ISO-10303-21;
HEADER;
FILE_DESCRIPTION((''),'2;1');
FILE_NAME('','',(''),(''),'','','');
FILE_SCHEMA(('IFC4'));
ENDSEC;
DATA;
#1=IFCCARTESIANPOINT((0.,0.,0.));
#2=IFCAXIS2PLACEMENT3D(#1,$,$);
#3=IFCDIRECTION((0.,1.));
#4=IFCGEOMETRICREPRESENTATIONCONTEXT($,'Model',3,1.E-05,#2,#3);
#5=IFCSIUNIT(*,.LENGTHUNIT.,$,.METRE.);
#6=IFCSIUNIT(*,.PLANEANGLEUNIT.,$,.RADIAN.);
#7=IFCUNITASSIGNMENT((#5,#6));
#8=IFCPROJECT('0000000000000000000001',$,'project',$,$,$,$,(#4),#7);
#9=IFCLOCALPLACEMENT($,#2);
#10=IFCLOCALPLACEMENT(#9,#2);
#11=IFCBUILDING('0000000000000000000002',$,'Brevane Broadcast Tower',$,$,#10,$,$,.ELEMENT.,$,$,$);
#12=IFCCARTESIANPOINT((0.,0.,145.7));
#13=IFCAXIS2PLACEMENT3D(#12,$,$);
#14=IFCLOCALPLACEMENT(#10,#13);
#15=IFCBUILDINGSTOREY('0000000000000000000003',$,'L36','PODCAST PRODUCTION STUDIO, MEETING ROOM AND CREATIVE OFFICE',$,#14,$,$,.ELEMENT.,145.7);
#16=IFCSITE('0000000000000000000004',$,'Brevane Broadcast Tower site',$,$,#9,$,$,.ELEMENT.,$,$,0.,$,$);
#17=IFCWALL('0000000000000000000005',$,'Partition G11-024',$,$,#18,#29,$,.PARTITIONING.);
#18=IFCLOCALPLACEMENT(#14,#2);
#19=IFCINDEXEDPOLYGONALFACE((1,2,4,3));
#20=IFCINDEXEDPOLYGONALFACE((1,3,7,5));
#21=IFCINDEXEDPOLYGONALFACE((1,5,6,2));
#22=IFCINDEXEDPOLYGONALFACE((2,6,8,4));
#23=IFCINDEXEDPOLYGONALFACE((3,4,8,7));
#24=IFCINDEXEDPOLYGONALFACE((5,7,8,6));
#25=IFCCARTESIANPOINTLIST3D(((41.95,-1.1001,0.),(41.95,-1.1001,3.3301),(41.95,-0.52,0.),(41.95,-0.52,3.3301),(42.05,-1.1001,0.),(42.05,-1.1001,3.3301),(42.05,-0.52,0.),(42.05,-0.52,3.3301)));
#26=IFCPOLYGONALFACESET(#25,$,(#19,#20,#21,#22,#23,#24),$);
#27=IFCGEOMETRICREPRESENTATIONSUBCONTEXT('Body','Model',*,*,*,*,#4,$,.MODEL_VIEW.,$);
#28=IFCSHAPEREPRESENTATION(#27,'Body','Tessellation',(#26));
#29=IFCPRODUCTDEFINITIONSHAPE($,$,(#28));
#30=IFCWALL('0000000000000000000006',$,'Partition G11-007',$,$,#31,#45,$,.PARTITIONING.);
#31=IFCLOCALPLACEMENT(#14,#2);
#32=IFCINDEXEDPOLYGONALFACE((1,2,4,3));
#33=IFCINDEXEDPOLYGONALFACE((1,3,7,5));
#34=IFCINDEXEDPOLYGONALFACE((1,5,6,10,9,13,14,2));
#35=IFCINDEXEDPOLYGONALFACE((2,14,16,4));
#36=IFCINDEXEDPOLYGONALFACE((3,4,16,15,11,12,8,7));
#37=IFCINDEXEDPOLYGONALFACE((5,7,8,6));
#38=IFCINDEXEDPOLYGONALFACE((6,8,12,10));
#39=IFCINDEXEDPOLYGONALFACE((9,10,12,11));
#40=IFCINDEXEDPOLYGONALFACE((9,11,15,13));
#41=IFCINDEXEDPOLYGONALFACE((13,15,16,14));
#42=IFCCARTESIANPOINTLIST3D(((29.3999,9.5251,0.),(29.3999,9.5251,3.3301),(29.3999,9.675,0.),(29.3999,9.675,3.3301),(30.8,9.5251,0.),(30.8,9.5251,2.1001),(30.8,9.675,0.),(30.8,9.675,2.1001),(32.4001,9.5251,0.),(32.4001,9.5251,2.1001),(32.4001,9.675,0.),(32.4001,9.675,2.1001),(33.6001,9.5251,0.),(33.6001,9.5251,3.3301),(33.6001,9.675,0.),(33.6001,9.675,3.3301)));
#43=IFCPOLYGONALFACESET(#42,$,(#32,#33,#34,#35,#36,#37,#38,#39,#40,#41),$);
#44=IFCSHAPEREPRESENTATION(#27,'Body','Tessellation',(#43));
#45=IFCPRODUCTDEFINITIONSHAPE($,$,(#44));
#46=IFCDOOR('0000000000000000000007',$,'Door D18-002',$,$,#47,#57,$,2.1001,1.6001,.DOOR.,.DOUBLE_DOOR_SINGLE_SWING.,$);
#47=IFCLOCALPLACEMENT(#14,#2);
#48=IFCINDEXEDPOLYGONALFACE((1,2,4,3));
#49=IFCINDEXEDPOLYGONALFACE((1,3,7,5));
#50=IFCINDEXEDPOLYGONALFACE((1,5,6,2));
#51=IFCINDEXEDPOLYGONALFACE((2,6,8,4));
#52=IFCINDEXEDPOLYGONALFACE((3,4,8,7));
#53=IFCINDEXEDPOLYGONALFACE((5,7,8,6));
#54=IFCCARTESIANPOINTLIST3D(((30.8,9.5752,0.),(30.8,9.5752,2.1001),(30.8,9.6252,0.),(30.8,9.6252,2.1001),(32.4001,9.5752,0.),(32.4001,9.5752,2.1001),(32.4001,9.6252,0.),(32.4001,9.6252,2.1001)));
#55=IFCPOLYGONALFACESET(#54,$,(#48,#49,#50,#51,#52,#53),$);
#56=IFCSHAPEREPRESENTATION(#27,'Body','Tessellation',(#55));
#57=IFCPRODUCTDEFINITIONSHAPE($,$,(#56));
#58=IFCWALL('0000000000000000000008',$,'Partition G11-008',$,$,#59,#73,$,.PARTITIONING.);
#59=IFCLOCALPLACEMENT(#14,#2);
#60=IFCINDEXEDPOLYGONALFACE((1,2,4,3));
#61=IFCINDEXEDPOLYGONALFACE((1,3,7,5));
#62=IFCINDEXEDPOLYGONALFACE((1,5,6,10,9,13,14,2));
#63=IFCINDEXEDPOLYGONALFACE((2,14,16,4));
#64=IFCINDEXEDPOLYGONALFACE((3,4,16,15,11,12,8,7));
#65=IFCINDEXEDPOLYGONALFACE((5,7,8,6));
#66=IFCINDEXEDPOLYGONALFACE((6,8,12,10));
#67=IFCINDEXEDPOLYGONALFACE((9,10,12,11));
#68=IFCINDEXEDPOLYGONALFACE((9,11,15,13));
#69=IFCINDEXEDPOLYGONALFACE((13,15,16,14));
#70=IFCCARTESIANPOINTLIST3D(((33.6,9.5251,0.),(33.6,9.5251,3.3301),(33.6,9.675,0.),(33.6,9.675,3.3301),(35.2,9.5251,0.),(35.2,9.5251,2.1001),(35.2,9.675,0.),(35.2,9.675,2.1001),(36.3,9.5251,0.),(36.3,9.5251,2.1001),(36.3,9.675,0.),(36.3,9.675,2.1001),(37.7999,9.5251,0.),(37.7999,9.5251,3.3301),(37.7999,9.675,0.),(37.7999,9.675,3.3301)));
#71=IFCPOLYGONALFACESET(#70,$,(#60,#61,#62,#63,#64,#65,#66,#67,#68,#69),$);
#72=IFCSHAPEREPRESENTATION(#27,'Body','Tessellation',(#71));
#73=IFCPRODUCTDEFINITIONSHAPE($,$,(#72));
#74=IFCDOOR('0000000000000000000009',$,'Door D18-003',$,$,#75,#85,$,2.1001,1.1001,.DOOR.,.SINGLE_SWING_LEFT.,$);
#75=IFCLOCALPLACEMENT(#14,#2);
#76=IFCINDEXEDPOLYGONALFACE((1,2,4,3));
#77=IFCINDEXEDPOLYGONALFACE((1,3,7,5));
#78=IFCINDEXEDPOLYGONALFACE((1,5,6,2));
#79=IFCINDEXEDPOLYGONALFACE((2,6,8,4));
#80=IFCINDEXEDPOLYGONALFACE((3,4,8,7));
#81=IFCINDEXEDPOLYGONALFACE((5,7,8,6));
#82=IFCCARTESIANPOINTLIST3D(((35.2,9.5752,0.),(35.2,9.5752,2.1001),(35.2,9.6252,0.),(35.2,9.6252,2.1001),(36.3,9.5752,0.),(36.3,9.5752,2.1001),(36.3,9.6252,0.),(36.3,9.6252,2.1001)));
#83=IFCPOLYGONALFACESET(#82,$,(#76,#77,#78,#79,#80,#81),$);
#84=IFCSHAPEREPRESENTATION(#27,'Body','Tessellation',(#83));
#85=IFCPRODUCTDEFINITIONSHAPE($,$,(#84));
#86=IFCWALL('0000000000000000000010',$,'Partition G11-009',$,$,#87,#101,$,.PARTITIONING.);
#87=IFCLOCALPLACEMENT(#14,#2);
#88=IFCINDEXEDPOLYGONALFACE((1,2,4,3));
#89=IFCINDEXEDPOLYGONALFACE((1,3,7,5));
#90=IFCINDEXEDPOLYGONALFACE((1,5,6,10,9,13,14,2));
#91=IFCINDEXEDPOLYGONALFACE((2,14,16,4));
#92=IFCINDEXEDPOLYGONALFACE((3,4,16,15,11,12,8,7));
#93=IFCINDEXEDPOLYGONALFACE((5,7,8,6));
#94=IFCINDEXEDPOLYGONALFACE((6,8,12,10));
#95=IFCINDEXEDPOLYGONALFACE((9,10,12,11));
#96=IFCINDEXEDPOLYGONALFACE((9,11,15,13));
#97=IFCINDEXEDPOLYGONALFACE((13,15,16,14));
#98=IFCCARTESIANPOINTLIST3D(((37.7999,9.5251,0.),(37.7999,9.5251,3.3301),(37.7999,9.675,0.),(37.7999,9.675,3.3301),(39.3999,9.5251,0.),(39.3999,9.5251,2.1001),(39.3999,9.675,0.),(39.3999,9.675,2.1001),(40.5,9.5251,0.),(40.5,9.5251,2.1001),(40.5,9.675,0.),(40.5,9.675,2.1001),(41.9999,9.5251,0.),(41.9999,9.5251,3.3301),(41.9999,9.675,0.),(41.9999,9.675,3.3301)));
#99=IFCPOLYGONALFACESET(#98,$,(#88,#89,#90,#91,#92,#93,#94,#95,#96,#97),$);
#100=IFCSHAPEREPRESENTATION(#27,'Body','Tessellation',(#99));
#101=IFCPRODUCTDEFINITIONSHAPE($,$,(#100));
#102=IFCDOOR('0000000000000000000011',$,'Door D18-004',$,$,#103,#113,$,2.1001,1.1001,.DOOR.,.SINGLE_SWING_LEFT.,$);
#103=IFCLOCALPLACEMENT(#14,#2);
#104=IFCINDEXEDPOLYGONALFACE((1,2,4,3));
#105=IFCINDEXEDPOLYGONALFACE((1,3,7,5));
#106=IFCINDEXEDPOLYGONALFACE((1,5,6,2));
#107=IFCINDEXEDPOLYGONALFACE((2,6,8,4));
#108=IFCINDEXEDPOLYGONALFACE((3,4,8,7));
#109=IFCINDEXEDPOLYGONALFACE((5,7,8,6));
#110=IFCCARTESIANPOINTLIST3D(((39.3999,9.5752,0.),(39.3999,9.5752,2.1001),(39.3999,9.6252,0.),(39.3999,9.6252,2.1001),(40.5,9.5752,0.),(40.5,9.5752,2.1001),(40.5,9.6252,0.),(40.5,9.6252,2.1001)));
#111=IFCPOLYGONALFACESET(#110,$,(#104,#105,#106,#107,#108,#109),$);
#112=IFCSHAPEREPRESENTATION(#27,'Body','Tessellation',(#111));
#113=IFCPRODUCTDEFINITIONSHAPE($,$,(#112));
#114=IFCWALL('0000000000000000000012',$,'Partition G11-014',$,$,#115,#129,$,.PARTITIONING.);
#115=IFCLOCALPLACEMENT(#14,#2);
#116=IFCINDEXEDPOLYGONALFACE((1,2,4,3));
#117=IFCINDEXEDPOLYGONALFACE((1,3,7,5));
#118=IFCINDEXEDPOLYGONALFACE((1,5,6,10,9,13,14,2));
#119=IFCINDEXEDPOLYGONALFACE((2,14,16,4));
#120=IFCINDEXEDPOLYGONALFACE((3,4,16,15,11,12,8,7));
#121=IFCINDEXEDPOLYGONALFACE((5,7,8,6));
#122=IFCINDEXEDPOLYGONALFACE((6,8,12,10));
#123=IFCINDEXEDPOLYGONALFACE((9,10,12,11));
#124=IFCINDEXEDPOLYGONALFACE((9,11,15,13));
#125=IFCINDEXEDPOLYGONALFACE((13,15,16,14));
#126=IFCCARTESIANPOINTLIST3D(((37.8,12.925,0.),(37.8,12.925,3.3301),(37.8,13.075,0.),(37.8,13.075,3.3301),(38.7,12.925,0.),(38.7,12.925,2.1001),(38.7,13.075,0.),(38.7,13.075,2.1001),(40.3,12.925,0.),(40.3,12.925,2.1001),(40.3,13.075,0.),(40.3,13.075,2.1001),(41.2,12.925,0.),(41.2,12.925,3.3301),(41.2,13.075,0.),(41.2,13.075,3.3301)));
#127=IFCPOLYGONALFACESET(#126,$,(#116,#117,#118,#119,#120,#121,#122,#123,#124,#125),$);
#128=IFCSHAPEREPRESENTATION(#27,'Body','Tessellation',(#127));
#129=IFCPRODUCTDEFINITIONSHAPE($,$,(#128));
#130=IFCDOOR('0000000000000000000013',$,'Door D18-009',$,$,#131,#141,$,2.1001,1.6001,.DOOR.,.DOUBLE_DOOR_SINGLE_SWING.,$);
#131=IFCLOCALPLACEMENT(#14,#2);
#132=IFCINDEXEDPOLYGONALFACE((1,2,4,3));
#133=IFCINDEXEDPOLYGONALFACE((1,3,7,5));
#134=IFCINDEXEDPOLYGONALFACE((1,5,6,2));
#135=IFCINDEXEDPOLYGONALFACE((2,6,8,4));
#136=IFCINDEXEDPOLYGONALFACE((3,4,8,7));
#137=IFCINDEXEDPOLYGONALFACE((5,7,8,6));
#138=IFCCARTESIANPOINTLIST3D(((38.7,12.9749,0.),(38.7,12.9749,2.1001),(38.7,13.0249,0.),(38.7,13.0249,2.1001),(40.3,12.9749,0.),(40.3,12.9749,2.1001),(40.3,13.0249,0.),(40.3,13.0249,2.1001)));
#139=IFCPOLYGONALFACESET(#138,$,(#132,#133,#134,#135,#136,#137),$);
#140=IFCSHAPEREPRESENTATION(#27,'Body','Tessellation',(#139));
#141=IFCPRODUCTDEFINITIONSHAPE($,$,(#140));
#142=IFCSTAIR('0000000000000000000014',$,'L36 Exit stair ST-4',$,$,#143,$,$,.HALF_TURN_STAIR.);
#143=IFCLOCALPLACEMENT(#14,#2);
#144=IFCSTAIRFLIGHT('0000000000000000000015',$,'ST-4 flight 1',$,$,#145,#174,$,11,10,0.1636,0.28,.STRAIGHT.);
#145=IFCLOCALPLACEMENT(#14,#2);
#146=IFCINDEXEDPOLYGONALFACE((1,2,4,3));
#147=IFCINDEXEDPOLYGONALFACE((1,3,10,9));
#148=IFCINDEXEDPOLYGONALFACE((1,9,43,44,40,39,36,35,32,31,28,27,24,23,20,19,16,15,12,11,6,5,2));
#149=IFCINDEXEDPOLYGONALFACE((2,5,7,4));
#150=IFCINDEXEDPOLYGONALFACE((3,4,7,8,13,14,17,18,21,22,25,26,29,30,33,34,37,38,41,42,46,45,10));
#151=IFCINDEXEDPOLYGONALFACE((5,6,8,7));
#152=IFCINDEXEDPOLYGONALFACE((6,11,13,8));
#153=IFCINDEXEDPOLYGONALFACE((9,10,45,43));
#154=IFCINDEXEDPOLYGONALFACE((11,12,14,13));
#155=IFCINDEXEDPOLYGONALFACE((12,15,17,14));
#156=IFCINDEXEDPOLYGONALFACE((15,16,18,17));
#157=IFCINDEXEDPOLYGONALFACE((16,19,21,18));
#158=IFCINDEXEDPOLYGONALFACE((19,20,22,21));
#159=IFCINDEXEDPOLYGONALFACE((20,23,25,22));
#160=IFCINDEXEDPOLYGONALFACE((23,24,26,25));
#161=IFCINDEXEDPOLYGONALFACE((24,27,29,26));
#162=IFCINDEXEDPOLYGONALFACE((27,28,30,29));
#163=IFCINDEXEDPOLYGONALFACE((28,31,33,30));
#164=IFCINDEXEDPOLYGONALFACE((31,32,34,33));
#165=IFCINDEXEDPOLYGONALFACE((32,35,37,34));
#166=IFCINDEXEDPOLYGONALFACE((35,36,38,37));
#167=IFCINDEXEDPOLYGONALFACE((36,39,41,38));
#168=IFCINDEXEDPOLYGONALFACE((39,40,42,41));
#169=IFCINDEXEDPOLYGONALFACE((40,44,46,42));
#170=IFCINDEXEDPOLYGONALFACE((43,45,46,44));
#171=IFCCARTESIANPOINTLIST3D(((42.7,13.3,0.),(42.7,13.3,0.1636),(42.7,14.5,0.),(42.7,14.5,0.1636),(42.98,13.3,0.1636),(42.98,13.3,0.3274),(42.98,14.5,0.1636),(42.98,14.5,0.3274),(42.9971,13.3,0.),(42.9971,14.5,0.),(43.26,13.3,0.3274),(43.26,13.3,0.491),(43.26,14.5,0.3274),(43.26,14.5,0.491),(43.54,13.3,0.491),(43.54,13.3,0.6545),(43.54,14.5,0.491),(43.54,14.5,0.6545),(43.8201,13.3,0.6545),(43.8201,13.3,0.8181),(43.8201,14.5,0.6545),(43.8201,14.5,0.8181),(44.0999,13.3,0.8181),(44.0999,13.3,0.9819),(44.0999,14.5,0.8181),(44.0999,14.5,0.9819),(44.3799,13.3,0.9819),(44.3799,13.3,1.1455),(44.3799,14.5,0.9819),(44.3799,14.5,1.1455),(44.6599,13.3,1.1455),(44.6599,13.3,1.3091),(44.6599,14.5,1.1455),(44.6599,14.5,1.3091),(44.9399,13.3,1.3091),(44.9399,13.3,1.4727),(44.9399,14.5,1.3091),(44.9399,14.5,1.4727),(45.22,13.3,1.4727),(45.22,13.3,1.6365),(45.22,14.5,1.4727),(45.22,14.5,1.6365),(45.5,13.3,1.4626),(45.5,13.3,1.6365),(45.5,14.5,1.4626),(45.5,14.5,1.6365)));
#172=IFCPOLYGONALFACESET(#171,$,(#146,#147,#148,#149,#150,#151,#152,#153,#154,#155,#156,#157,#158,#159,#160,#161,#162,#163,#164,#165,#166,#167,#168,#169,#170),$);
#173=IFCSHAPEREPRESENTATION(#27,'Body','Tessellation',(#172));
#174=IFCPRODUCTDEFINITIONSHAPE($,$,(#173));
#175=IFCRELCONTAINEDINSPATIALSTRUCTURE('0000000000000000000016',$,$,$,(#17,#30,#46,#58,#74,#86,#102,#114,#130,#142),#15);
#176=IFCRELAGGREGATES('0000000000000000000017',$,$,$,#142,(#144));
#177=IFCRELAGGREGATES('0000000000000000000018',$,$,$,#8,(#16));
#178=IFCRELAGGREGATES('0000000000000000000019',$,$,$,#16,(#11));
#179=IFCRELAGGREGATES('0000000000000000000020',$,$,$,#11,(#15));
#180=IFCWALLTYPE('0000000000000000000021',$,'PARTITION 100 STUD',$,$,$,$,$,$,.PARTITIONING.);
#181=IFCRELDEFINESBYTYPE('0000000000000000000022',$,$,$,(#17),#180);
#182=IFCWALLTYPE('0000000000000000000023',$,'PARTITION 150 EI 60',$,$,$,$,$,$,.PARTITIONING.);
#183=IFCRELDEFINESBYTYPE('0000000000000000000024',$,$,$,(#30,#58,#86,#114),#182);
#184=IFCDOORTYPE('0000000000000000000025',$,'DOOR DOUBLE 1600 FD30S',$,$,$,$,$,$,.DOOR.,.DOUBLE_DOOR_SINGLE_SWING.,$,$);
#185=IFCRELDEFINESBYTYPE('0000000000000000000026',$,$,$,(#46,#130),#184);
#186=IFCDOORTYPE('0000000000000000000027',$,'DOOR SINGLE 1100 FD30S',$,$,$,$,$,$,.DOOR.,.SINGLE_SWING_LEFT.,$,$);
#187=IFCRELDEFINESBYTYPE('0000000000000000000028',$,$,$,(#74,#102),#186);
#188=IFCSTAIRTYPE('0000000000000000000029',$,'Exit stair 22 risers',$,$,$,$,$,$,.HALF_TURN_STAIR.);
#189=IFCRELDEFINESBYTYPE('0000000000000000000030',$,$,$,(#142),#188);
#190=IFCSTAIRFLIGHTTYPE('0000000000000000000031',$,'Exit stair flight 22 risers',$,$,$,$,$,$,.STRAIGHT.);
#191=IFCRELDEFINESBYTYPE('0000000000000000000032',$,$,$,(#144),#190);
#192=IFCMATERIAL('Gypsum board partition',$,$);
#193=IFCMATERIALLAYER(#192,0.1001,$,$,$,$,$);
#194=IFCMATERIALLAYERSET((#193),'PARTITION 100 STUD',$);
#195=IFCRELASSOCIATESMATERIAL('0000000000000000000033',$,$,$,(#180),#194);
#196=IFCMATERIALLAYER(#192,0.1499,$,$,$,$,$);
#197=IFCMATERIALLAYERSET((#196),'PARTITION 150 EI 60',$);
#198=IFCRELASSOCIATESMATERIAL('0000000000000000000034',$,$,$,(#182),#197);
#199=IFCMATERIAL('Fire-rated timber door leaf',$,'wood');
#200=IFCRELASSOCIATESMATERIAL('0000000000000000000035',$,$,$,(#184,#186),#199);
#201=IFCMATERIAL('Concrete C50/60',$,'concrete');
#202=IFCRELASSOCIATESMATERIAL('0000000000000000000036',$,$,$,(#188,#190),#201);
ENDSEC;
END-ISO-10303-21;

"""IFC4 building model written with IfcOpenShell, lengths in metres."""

from ifc_helpers import new_model, si_unit, direction, frame, frame_2d, origin, place, context, subcontext, project, spatial, polyline, rectangle, outline, extrude, material, layer, layer_set, type_object, element, fill, aggregate, save


model = new_model("IFC4")

# Units and contexts
model_context = context("Model", 3, precision=1e-05, world=origin(), true_north=direction((0.0, 1.0)))
body_context = subcontext(model_context, "Body", "Model", "MODEL_VIEW")
ifc_project = project(units=[si_unit("LENGTHUNIT", "METRE"), si_unit("PLANEANGLEUNIT", "RADIAN")], contexts=[model_context])

# Site, building, storey
site_placement = place(None, origin())
site = spatial("IfcSite", under=ifc_project, at=site_placement, Name="Brevane Broadcast Tower site", CompositionType="ELEMENT", RefElevation=0.0)
building_placement = place(site_placement, origin())
building = spatial("IfcBuilding", under=site, at=building_placement, Name="Brevane Broadcast Tower", CompositionType="ELEMENT")
storey_placement = place(building_placement, frame((0.0, 0.0, 145.7)))
storey = spatial("IfcBuildingStorey", under=building, at=storey_placement, Name="L36", Description="PODCAST PRODUCTION STUDIO, MEETING ROOM AND CREATIVE OFFICE", CompositionType="ELEMENT", Elevation=145.7)

# Wall
ifc_material_1 = material(Name="Gypsum board partition")
ifc_layer_1 = layer(ifc_material_1, 0.1001)
ifc_layer_set_1 = layer_set([ifc_layer_1], Name="PARTITION 100 STUD")
wall_type_1 = type_object("IfcWallType", Name="PARTITION 100 STUD", PredefinedType="PARTITIONING", material=ifc_layer_set_1)
wall_1_placement = place(storey_placement, frame((42.0, -0.52, 0.0), z_axis=(0.0, 0.0, 1.0), x_axis=(0.0, -1.0, 0.0)))
element("IfcWall", 1, at=wall_1_placement, inside=storey, type_object=wall_type_1, Name="Partition G11-024", PredefinedType="PARTITIONING", context=body_context, shape_type="SweptSolid", body=[
    extrude(rectangle(XDim=0.5801, YDim=0.1001, at=frame_2d((0.29, 0.0))), origin(), (0.0, 0.0, 1.0), 3.3301),
])

# Walls, openings, doors
ifc_layer_2 = layer(ifc_material_1, 0.1499)
ifc_layer_set_2 = layer_set([ifc_layer_2], Name="PARTITION 150 EI 60")
wall_type_2 = type_object("IfcWallType", Name="PARTITION 150 EI 60", PredefinedType="PARTITIONING", material=ifc_layer_set_2)
wall_2_placement = place(storey_placement, frame((33.6001, 9.6001, 0.0), z_axis=(0.0, 0.0, 1.0), x_axis=(-1.0, 0.0, 0.0)))
wall_2 = element("IfcWall", 2, at=wall_2_placement, inside=storey, type_object=wall_type_2, Name="Partition G11-007", PredefinedType="PARTITIONING", context=body_context, shape_type="SweptSolid", body=[
    extrude(rectangle(XDim=4.2002, YDim=0.1499, at=frame_2d((2.1001, 0.0))), origin(), (0.0, 0.0, 1.0), 3.3301),
])
opening_1_placement = place(wall_2_placement, frame((1.2, 0.0, 0.0)))
opening_1 = element("IfcOpeningElement", 3, at=opening_1_placement, cuts=wall_2, PredefinedType="OPENING", context=body_context, shape_type="SweptSolid", body=[
    extrude(rectangle(XDim=1.6001, YDim=2.1001, at=frame_2d((0.8, 1.05))), frame((0.0, 0.085, 0.0), z_axis=(0.0, -1.0, 0.0), x_axis=(1.0, 0.0, 0.0)), (0.0, 0.0, 1.0), 0.1699),
])
ifc_material_2 = material(Name="Fire-rated timber door leaf", Category="wood")
door_type_1 = type_object("IfcDoorType", Name="DOOR DOUBLE 1600 FD30S", OperationType="DOUBLE_DOOR_SINGLE_SWING", PredefinedType="DOOR", material=ifc_material_2)
door_1_placement = place(opening_1_placement, origin())
door_1 = element("IfcDoor", 4, at=door_1_placement, inside=storey, type_object=door_type_1, Name="Door D18-002", OperationType="DOUBLE_DOOR_SINGLE_SWING", OverallHeight=2.1001, OverallWidth=1.6001, PredefinedType="DOOR", context=body_context, shape_type="SweptSolid", body=[
    extrude(rectangle(XDim=1.6001, YDim=2.1001, at=frame_2d((0.8, 1.05))), frame((0.0, 0.0249, 0.0), z_axis=(0.0, -1.0, 0.0), x_axis=(1.0, 0.0, 0.0)), (0.0, 0.0, 1.0), 0.05),
])
fill(opening_1, door_1)
wall_3_placement = place(storey_placement, frame((37.8, 9.6001, 0.0), z_axis=(0.0, 0.0, 1.0), x_axis=(-1.0, 0.0, 0.0)))
wall_3 = element("IfcWall", 5, at=wall_3_placement, inside=storey, type_object=wall_type_2, Name="Partition G11-008", PredefinedType="PARTITIONING", context=body_context, shape_type="SweptSolid", body=[
    extrude(rectangle(XDim=4.2, YDim=0.1499, at=frame_2d((2.1001, 0.0))), origin(), (0.0, 0.0, 1.0), 3.3301),
])
opening_2_placement = place(wall_3_placement, frame((1.5, 0.0, 0.0)))
opening_2 = element("IfcOpeningElement", 6, at=opening_2_placement, cuts=wall_3, PredefinedType="OPENING", context=body_context, shape_type="SweptSolid", body=[
    extrude(rectangle(XDim=1.1001, YDim=2.1001, at=frame_2d((0.55, 1.05))), frame((0.0, 0.085, 0.0), z_axis=(0.0, -1.0, 0.0), x_axis=(1.0, 0.0, 0.0)), (0.0, 0.0, 1.0), 0.1699),
])
door_type_2 = type_object("IfcDoorType", Name="DOOR SINGLE 1100 FD30S", OperationType="SINGLE_SWING_LEFT", PredefinedType="DOOR", material=ifc_material_2)
door_2_placement = place(opening_2_placement, origin())
door_2 = element("IfcDoor", 7, at=door_2_placement, inside=storey, type_object=door_type_2, Name="Door D18-003", OperationType="SINGLE_SWING_LEFT", OverallHeight=2.1001, OverallWidth=1.1001, PredefinedType="DOOR", context=body_context, shape_type="SweptSolid", body=[
    extrude(rectangle(XDim=1.1001, YDim=2.1001, at=frame_2d((0.55, 1.05))), frame((0.0, 0.0249, 0.0), z_axis=(0.0, -1.0, 0.0), x_axis=(1.0, 0.0, 0.0)), (0.0, 0.0, 1.0), 0.05),
])
fill(opening_2, door_2)
wall_4_placement = place(storey_placement, frame((42.0, 9.6001, 0.0), z_axis=(0.0, 0.0, 1.0), x_axis=(-1.0, 0.0, 0.0)))
wall_4 = element("IfcWall", 8, at=wall_4_placement, inside=storey, type_object=wall_type_2, Name="Partition G11-009", PredefinedType="PARTITIONING", context=body_context, shape_type="SweptSolid", body=[
    extrude(rectangle(XDim=4.2, YDim=0.1499, at=frame_2d((2.1001, 0.0))), origin(), (0.0, 0.0, 1.0), 3.3301),
])
opening_3_placement = place(wall_4_placement, frame((1.5, 0.0, 0.0)))
opening_3 = element("IfcOpeningElement", 9, at=opening_3_placement, cuts=wall_4, PredefinedType="OPENING", context=body_context, shape_type="SweptSolid", body=[
    extrude(rectangle(XDim=1.1001, YDim=2.1001, at=frame_2d((0.55, 1.05))), frame((0.0, 0.085, 0.0), z_axis=(0.0, -1.0, 0.0), x_axis=(1.0, 0.0, 0.0)), (0.0, 0.0, 1.0), 0.1699),
])
door_3_placement = place(opening_3_placement, origin())
door_3 = element("IfcDoor", 10, at=door_3_placement, inside=storey, type_object=door_type_2, Name="Door D18-004", OperationType="SINGLE_SWING_LEFT", OverallHeight=2.1001, OverallWidth=1.1001, PredefinedType="DOOR", context=body_context, shape_type="SweptSolid", body=[
    extrude(rectangle(XDim=1.1001, YDim=2.1001, at=frame_2d((0.55, 1.05))), frame((0.0, 0.0249, 0.0), z_axis=(0.0, -1.0, 0.0), x_axis=(1.0, 0.0, 0.0)), (0.0, 0.0, 1.0), 0.05),
])
fill(opening_3, door_3)
wall_5_placement = place(storey_placement, frame((37.8, 13.0, 0.0), z_axis=(0.0, 0.0, 1.0), x_axis=(1.0, 0.0, 0.0)))
wall_5 = element("IfcWall", 11, at=wall_5_placement, inside=storey, type_object=wall_type_2, Name="Partition G11-014", PredefinedType="PARTITIONING", context=body_context, shape_type="SweptSolid", body=[
    extrude(rectangle(XDim=3.3999, YDim=0.1499, at=frame_2d((1.7, 0.0))), origin(), (0.0, 0.0, 1.0), 3.3301),
])
opening_4_placement = place(wall_5_placement, frame((0.8999, 0.0, 0.0)))
opening_4 = element("IfcOpeningElement", 12, at=opening_4_placement, cuts=wall_5, PredefinedType="OPENING", context=body_context, shape_type="SweptSolid", body=[
    extrude(rectangle(XDim=1.6001, YDim=2.1001, at=frame_2d((0.8, 1.05))), frame((0.0, 0.085, 0.0), z_axis=(0.0, -1.0, 0.0), x_axis=(1.0, 0.0, 0.0)), (0.0, 0.0, 1.0), 0.1699),
])
door_4_placement = place(opening_4_placement, origin())
door_4 = element("IfcDoor", 13, at=door_4_placement, inside=storey, type_object=door_type_1, Name="Door D18-009", OperationType="DOUBLE_DOOR_SINGLE_SWING", OverallHeight=2.1001, OverallWidth=1.6001, PredefinedType="DOOR", context=body_context, shape_type="SweptSolid", body=[
    extrude(rectangle(XDim=1.6001, YDim=2.1001, at=frame_2d((0.8, 1.05))), frame((0.0, 0.0249, 0.0), z_axis=(0.0, -1.0, 0.0), x_axis=(1.0, 0.0, 0.0)), (0.0, 0.0, 1.0), 0.05),
])
fill(opening_4, door_4)

# Stair, stair flight
ifc_material_3 = material(Name="Concrete C50/60", Category="concrete")
stair_type = type_object("IfcStairType", Name="Exit stair 22 risers", PredefinedType="HALF_TURN_STAIR", material=ifc_material_3)
stair_placement = place(storey_placement, origin())
stair = element("IfcStair", 14, at=stair_placement, inside=storey, type_object=stair_type, Name="L36 Exit stair ST-4", PredefinedType="HALF_TURN_STAIR")
stair_flight_type = type_object("IfcStairFlightType", Name="Exit stair flight 22 risers", PredefinedType="STRAIGHT", material=ifc_material_3)
stair_flight_1_placement = place(storey_placement, frame((42.7, 13.8999, 0.0), z_axis=(0.0, 0.0, 1.0), x_axis=(1.0, 0.0, 0.0)))
stair_flight_1 = element("IfcStairFlight", 15, at=stair_flight_1_placement, type_object=stair_flight_type, Name="ST-4 flight 1", NumberOfRisers=11, NumberOfTreads=10, PredefinedType="STRAIGHT", RiserHeight=0.1636, TreadLength=0.28, context=body_context, shape_type="SweptSolid", body=[
    extrude(outline(polyline([(0.0, 0.0), (0.0, 0.1636), (0.28, 0.1636), (0.28, 0.3274), (0.5601, 0.3274), (0.5601, 0.491), (0.8401, 0.491), (0.8401, 0.6545), (1.1201, 0.6545), (1.1201, 0.8181), (1.3999, 0.8181), (1.3999, 0.9819), (1.6799, 0.9819), (1.6799, 1.1455), (1.96, 1.1455), (1.96, 1.3091), (2.24, 1.3091), (2.24, 1.4727), (2.52, 1.4727), (2.52, 1.6365), (2.8, 1.6365), (2.8, 1.8), (2.8, 1.4626), (0.2971, 0.0), (0.0, 0.0)])), frame((0.0, 0.6001, 0.0), z_axis=(0.0, -1.0, 0.0), x_axis=(1.0, 0.0, 0.0)), (0.0, 0.0, 1.0), 1.2),
])
aggregate(stair, [stair_flight_1])

save(model, "model.ifc")
